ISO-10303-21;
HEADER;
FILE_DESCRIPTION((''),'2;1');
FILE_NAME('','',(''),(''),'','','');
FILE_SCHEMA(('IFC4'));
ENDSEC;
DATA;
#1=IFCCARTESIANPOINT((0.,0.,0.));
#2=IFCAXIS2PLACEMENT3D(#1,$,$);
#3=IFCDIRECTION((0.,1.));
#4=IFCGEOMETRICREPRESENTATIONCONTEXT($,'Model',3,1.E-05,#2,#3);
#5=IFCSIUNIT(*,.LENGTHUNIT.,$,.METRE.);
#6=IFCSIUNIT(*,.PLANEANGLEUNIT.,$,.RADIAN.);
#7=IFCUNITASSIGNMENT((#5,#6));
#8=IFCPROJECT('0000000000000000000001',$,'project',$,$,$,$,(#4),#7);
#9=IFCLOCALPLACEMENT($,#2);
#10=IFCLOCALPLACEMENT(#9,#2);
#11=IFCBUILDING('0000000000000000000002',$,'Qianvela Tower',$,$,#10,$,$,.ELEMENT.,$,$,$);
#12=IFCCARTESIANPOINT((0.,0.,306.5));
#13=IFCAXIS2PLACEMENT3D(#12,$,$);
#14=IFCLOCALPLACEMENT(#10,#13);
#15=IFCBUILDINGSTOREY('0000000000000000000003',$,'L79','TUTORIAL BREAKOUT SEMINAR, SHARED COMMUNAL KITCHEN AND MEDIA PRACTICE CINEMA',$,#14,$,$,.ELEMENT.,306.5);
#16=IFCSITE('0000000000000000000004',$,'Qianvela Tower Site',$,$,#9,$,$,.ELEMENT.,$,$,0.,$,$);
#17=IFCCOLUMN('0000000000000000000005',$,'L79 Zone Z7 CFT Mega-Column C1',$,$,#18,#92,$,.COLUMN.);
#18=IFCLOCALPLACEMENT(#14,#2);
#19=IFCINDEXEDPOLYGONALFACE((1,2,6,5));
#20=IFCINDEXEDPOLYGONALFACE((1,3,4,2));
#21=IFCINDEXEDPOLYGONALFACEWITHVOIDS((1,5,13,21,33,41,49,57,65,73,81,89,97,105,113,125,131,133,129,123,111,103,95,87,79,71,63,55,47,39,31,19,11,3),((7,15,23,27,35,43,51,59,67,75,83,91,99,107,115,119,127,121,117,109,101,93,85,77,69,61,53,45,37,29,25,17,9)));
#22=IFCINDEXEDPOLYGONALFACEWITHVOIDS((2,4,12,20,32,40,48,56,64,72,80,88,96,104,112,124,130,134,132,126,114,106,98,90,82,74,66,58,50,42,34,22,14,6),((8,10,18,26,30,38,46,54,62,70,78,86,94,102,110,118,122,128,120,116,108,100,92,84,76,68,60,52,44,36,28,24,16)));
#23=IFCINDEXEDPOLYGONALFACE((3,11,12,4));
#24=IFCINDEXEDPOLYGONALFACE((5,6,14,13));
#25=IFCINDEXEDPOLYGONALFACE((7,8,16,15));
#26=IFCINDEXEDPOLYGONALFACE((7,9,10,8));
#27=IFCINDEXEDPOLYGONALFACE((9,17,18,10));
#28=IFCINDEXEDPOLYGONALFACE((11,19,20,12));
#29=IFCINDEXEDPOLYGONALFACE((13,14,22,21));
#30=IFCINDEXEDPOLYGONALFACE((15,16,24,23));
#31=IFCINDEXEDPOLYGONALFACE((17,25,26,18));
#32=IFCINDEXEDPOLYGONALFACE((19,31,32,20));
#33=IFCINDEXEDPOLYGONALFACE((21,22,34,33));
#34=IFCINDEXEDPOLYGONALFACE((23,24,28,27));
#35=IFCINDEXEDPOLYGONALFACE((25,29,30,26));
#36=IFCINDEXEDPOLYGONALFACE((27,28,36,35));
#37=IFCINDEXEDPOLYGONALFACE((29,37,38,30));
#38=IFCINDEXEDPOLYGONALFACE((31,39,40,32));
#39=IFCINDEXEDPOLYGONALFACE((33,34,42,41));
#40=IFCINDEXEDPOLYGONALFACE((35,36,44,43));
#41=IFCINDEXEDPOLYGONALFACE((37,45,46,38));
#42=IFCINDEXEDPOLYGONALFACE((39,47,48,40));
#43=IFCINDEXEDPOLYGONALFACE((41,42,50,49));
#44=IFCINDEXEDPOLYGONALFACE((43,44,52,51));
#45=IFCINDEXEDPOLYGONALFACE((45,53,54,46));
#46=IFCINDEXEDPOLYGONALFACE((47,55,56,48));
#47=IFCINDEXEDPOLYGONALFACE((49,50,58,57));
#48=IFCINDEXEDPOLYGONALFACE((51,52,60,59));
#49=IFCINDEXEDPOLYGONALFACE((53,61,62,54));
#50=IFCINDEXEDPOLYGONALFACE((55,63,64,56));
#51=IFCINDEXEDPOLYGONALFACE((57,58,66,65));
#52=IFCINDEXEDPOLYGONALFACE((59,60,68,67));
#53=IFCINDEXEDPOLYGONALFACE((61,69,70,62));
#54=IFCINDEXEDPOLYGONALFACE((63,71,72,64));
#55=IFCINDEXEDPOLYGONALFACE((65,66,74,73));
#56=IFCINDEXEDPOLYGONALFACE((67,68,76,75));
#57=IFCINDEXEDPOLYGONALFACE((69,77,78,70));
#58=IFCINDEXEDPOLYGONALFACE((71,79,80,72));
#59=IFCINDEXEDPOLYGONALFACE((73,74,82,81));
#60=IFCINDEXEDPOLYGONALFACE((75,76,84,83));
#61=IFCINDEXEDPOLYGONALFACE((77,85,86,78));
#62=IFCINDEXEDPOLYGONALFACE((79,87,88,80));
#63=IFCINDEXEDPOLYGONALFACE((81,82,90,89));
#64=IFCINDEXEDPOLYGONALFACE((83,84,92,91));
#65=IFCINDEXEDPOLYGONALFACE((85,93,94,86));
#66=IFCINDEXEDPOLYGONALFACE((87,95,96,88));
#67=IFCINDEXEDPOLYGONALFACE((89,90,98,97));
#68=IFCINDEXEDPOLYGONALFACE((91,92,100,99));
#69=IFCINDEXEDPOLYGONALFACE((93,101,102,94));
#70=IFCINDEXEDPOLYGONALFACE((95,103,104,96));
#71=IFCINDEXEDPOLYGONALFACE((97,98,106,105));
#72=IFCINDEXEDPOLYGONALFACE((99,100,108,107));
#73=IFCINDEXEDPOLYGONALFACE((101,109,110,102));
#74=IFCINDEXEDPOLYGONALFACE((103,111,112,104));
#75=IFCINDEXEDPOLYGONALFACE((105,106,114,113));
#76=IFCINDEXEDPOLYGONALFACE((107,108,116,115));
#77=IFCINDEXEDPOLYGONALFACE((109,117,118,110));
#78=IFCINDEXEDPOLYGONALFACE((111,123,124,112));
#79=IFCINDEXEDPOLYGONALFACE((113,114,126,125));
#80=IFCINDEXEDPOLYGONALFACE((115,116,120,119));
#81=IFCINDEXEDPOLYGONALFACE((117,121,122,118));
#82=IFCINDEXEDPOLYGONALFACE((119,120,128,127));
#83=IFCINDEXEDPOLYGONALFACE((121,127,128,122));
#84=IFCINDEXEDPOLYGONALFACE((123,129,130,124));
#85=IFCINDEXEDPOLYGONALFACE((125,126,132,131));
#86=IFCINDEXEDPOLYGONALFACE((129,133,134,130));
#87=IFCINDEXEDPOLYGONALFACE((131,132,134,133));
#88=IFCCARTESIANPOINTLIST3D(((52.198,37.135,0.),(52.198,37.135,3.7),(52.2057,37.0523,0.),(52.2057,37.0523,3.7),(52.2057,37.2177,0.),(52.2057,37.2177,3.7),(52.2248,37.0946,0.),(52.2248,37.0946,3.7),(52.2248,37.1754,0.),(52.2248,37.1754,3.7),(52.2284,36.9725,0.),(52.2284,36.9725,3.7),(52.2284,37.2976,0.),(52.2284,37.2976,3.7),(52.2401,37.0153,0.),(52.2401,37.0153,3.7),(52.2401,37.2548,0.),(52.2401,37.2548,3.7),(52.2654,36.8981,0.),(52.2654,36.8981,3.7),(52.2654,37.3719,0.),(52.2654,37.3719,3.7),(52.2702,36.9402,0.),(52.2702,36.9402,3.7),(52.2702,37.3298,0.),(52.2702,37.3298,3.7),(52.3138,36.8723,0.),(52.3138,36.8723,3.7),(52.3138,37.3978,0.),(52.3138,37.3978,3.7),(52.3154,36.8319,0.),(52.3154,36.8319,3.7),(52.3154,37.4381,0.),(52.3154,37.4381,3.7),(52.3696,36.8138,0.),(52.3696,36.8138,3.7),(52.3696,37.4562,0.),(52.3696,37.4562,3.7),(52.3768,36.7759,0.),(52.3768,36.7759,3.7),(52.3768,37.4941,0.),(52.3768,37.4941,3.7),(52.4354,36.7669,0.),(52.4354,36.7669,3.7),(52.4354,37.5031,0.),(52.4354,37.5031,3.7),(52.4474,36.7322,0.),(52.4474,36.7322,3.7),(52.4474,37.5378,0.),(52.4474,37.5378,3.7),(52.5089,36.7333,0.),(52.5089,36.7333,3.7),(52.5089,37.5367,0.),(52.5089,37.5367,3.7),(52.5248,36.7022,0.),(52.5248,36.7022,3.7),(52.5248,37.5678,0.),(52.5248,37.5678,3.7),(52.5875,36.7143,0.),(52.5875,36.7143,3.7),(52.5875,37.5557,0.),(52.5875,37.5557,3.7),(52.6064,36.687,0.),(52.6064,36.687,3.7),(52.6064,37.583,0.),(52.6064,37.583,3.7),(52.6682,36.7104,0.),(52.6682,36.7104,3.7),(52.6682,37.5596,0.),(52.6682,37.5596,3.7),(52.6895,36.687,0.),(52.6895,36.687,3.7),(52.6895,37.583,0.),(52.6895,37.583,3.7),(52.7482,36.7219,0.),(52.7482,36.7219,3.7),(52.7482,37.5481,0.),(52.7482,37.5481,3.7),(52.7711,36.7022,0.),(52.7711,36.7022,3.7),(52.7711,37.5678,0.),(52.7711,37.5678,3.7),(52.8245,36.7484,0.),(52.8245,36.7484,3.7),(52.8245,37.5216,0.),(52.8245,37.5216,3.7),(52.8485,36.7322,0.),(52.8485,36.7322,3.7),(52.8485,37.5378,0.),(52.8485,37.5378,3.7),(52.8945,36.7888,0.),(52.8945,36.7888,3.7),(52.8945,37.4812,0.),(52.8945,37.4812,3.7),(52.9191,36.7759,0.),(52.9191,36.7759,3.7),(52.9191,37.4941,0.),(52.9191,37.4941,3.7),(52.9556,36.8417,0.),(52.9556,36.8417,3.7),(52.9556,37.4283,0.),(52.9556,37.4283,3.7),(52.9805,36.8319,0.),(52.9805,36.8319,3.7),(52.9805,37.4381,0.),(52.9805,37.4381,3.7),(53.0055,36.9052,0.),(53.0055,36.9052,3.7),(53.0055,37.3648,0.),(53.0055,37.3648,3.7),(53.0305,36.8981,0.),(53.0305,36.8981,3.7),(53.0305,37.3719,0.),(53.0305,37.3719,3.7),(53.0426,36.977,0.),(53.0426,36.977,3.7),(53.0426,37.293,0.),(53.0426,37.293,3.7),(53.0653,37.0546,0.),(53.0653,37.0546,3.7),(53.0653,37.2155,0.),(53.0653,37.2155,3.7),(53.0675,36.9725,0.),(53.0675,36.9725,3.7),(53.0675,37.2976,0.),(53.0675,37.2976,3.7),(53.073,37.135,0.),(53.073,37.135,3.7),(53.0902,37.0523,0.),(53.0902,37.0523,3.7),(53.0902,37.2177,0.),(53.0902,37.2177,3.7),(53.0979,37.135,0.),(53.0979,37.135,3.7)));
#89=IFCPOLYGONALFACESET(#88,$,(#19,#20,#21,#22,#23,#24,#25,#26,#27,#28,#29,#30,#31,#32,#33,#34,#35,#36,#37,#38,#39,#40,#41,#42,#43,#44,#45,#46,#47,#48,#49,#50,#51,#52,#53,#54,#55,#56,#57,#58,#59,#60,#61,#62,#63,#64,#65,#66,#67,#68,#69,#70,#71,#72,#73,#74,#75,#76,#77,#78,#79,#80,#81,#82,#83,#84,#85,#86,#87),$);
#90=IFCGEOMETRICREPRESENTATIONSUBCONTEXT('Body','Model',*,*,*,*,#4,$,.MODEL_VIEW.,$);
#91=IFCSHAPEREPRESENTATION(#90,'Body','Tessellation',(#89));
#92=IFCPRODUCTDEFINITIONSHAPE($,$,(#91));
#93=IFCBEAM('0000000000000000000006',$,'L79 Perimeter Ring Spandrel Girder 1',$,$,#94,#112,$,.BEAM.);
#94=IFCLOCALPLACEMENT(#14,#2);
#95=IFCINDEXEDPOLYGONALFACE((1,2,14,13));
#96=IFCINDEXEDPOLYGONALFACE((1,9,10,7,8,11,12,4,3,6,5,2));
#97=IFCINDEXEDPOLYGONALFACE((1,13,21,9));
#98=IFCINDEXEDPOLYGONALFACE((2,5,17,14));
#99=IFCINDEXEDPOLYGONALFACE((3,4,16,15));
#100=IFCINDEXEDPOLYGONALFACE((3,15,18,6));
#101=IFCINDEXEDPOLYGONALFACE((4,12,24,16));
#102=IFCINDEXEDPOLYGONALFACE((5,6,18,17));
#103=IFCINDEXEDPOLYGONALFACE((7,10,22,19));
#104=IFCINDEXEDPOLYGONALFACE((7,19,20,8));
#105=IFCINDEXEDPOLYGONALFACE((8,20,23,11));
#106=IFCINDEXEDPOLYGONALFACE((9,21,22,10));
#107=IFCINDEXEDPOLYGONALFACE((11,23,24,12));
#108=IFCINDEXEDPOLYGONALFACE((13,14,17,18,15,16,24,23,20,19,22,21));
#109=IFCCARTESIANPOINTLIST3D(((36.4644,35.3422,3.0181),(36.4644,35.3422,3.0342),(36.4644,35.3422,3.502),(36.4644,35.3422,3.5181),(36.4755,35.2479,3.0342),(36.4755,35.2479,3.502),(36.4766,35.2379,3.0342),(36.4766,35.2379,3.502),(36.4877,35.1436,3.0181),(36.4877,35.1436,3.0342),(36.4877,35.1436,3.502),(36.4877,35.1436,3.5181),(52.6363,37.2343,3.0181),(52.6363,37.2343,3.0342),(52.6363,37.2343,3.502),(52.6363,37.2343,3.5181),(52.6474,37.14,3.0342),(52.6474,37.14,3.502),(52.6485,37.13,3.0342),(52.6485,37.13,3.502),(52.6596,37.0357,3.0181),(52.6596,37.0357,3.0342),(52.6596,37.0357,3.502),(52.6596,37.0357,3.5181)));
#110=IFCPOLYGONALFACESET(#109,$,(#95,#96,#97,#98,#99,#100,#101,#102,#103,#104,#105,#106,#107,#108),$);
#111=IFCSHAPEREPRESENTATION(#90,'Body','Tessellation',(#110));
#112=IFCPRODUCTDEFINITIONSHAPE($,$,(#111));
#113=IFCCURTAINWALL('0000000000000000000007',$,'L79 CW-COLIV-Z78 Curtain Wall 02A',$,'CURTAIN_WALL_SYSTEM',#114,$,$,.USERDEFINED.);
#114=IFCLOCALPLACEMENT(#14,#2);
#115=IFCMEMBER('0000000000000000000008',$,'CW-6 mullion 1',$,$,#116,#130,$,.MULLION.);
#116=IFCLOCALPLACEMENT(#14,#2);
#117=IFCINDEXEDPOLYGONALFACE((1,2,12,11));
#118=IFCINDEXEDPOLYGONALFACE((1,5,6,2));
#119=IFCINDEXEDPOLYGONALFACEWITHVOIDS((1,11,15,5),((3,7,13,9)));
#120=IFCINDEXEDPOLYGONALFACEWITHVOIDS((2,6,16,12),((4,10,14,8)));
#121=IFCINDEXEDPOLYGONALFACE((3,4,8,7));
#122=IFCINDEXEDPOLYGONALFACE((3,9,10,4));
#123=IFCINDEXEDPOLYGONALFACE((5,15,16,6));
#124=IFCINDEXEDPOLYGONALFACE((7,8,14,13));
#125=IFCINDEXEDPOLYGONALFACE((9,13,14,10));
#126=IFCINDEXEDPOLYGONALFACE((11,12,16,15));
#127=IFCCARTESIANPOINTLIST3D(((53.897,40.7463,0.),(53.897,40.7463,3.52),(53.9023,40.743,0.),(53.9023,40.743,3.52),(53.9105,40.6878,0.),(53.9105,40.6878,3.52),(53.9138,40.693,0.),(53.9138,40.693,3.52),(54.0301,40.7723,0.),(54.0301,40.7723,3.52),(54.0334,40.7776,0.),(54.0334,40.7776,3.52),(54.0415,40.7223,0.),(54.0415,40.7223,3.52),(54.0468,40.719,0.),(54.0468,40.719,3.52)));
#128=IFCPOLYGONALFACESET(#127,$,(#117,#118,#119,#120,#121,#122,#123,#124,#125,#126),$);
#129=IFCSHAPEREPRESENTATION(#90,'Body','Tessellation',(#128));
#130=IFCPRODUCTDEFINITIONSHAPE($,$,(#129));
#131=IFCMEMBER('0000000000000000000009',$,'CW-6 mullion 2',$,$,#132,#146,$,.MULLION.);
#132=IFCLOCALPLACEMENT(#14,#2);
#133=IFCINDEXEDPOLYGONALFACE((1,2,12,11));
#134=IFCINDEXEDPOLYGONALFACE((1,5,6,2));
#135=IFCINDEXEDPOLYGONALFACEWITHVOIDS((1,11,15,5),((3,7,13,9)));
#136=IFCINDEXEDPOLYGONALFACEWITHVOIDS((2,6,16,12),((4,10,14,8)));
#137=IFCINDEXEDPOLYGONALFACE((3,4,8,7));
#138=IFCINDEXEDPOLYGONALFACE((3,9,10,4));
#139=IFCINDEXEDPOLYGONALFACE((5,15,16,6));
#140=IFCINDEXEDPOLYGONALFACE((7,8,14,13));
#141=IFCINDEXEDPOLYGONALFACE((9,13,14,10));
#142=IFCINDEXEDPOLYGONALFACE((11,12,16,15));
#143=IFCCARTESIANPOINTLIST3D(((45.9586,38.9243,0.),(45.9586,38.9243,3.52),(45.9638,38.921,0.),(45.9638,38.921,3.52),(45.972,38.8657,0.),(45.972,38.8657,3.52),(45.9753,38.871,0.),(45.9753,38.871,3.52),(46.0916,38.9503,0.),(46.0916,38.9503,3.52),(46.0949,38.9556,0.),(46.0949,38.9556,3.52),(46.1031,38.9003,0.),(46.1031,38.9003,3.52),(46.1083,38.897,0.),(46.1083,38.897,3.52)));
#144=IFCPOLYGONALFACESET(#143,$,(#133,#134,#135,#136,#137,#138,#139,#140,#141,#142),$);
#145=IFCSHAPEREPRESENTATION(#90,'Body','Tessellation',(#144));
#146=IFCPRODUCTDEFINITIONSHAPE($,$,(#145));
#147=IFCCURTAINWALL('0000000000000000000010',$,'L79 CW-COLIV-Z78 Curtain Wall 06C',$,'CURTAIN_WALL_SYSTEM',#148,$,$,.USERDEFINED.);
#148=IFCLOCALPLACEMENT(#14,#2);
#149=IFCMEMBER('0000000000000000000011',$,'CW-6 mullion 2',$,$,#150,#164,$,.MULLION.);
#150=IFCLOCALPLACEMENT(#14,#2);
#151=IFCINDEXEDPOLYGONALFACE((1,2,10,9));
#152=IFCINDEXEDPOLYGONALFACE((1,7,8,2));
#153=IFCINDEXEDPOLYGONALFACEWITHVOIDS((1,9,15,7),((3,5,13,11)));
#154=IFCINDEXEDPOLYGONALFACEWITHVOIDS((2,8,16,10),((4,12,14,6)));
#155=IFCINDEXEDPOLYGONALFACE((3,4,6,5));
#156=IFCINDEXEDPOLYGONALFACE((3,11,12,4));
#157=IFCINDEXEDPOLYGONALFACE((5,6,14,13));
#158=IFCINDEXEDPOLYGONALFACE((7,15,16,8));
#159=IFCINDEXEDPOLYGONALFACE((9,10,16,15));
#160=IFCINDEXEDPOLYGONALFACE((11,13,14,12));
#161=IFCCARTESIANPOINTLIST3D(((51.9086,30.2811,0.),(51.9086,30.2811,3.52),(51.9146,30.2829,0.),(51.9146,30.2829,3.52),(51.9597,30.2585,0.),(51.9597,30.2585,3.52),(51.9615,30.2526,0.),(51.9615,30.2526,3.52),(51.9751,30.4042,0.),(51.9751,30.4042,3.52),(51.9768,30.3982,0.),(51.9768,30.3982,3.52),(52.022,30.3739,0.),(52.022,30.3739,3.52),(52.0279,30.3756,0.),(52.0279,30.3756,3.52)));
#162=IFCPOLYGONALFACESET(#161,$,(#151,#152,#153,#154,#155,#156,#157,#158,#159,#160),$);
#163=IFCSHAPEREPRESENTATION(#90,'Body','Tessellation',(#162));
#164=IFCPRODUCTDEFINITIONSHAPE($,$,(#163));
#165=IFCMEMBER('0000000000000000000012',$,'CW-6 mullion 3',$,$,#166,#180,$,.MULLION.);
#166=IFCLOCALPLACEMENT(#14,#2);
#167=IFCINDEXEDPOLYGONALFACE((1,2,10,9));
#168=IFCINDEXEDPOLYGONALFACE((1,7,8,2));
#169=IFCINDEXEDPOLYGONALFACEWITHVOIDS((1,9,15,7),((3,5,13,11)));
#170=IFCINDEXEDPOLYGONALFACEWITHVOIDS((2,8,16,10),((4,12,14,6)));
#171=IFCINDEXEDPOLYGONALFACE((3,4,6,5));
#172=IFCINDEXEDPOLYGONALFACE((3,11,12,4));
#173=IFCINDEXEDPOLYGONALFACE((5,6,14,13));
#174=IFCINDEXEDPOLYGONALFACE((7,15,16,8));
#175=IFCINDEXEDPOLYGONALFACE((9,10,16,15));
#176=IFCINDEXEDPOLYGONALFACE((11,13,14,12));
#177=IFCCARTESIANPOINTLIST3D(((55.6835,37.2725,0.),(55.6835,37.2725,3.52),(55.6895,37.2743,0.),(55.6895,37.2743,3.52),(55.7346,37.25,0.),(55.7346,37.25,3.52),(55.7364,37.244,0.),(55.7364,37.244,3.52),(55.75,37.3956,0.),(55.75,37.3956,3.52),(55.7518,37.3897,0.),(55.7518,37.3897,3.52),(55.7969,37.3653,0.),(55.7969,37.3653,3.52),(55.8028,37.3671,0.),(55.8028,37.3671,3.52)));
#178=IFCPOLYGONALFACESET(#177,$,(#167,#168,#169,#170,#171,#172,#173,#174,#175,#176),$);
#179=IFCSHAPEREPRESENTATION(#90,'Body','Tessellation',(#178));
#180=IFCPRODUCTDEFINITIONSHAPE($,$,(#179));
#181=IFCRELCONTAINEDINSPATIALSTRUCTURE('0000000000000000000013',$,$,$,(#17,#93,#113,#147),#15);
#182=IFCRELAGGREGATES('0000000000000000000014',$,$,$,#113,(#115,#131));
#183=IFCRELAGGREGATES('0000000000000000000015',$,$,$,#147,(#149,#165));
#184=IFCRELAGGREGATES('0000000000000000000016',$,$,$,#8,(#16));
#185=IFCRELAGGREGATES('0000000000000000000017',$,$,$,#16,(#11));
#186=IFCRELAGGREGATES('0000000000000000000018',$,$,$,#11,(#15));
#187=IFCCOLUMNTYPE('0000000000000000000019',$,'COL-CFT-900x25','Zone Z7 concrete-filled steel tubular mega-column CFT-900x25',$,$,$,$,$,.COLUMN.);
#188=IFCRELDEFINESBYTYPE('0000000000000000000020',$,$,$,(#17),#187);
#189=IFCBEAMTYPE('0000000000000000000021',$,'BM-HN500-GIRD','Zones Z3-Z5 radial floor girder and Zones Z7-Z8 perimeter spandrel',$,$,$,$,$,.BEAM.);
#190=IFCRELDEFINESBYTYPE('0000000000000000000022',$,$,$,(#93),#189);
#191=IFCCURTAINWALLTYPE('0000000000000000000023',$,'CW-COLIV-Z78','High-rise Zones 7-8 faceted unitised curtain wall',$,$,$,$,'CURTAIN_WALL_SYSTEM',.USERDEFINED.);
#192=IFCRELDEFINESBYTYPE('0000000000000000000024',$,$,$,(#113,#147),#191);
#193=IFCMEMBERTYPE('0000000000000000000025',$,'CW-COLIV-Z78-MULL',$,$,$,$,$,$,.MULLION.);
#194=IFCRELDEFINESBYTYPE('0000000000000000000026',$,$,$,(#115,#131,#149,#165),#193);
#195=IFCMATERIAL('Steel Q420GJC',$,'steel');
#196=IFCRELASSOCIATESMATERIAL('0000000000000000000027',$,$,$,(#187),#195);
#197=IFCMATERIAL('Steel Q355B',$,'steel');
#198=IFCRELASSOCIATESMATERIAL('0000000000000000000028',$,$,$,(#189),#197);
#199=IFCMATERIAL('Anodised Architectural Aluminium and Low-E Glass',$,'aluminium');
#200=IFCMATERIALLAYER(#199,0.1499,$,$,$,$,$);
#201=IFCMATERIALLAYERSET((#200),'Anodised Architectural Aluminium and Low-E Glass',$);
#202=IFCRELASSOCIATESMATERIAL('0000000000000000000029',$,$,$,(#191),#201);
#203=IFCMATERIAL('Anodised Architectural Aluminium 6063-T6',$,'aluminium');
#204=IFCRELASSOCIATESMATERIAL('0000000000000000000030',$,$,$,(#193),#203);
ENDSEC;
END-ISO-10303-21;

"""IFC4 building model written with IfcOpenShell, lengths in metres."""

from ifc_helpers import new_model, si_unit, direction, frame, origin, origin_2d, place, context, subcontext, project, spatial, hollow_rectangle, hollow_circle, i_section, extrude, material, layer, layer_set, material_profile, profile_set, type_object, element, aggregate, save


model = new_model("IFC4")

# Units and contexts
model_context = context("Model", 3, precision=1e-05, world=origin(), true_north=direction((0.0, 1.0)))
body_context = subcontext(model_context, "Body", "Model", "MODEL_VIEW")
ifc_project = project(units=[si_unit("LENGTHUNIT", "METRE"), si_unit("PLANEANGLEUNIT", "RADIAN")], contexts=[model_context])

# Site, building, storey
site_placement = place(None, origin())
site = spatial("IfcSite", under=ifc_project, at=site_placement, Name="Qianvela Tower Site", CompositionType="ELEMENT", RefElevation=0.0)
building_placement = place(site_placement, origin())
building = spatial("IfcBuilding", under=site, at=building_placement, Name="Qianvela Tower", CompositionType="ELEMENT")
storey_placement = place(building_placement, frame((0.0, 0.0, 306.5)))
storey = spatial("IfcBuildingStorey", under=building, at=storey_placement, Name="L79", Description="TUTORIAL BREAKOUT SEMINAR, SHARED COMMUNAL KITCHEN AND MEDIA PRACTICE CINEMA", CompositionType="ELEMENT", Elevation=306.5)

# Column
ifc_material_1 = material(Name="Steel Q420GJC", Category="steel")
ifc_material_profile_1 = material_profile(ifc_material_1, hollow_circle(Radius=0.45, WallThickness=0.0249, at=origin_2d()), Name="CFT-900x25")
ifc_profile_set_1 = profile_set([ifc_material_profile_1], Name="Steel Q420GJC")
column_type = type_object("IfcColumnType", Name="COL-CFT-900x25", Description="Zone Z7 concrete-filled steel tubular mega-column CFT-900x25", PredefinedType="COLUMN", material=ifc_profile_set_1)
column_placement = place(storey_placement, frame((52.6479, 37.135, 0.0), z_axis=(0.0, 0.0, 1.0), x_axis=(1.0, 0.0, 0.0)))
element("IfcColumn", 1, at=column_placement, inside=storey, type_object=column_type, Name="L79 Zone Z7 CFT Mega-Column C1", PredefinedType="COLUMN", context=body_context, shape_type="SweptSolid", body=[
    extrude(hollow_circle(Radius=0.45, WallThickness=0.0249, at=origin_2d()), origin(), (0.0, 0.0, 1.0), 3.7),
])

# Beam
ifc_material_2 = material(Name="Steel Q355B", Category="steel")
ifc_material_profile_2 = material_profile(ifc_material_2, i_section(OverallWidth=0.2, OverallDepth=0.5, WebThickness=0.01, FlangeThickness=0.0161, at=origin_2d()), Name="HN500x200x10x16")
ifc_profile_set_2 = profile_set([ifc_material_profile_2], Name="Steel Q355B")
beam_type = type_object("IfcBeamType", Name="BM-HN500-GIRD", Description="Zones Z3-Z5 radial floor girder and Zones Z7-Z8 perimeter spandrel", PredefinedType="BEAM", material=ifc_profile_set_2)
beam_placement = place(storey_placement, frame((52.6479, 37.135, 3.2681), z_axis=(-0.993225, -0.116206, 0.0), x_axis=(0.116206, -0.993225, 0.0)))
element("IfcBeam", 2, at=beam_placement, inside=storey, type_object=beam_type, Name="L79 Perimeter Ring Spandrel Girder 1", PredefinedType="BEAM", context=body_context, shape_type="SweptSolid", body=[
    extrude(i_section(OverallWidth=0.2, OverallDepth=0.5, WebThickness=0.01, FlangeThickness=0.0161, at=origin_2d()), origin(), (0.0, 0.0, 1.0), 16.2822),
])

# Curtain walls, members
ifc_material_3 = material(Name="Anodised Architectural Aluminium and Low-E Glass", Category="aluminium")
ifc_layer_1 = layer(ifc_material_3, 0.1499)
ifc_layer_set_1 = layer_set([ifc_layer_1], Name="Anodised Architectural Aluminium and Low-E Glass")
curtain_wall_type = type_object("IfcCurtainWallType", Name="CW-COLIV-Z78", Description="High-rise Zones 7-8 faceted unitised curtain wall", ElementType="CURTAIN_WALL_SYSTEM", PredefinedType="USERDEFINED", material=ifc_layer_set_1)
curtain_wall_1_placement = place(storey_placement, origin())
curtain_wall_1 = element("IfcCurtainWall", 3, at=curtain_wall_1_placement, inside=storey, type_object=curtain_wall_type, Name="L79 CW-COLIV-Z78 Curtain Wall 02A", ObjectType="CURTAIN_WALL_SYSTEM", PredefinedType="USERDEFINED")
ifc_material_4 = material(Name="Anodised Architectural Aluminium 6063-T6", Category="aluminium")
ifc_material_profile_3 = material_profile(ifc_material_4, hollow_rectangle(XDim=0.0601, YDim=0.1399, WallThickness=0.0044, at=origin_2d()), Name="ALU-MULL-60x140")
ifc_profile_set_3 = profile_set([ifc_material_profile_3], Name="Anodised Architectural Aluminium 6063-T6")
member_type_1 = type_object("IfcMemberType", Name="CW-COLIV-Z78-MULL", PredefinedType="MULLION", material=ifc_profile_set_3)
member_1_placement = place(storey_placement, frame((53.9719, 40.7327, 0.0), z_axis=(0.0, 0.0, 1.0), x_axis=(0.223706, -0.974657, 0.0)))
member_1 = element("IfcMember", 4, at=member_1_placement, type_object=member_type_1, Name="CW-6 mullion 1", PredefinedType="MULLION", context=body_context, shape_type="SweptSolid", body=[
    extrude(hollow_rectangle(XDim=0.0601, YDim=0.1399, WallThickness=0.0044, at=origin_2d()), origin(), (0.0, 0.0, 1.0), 3.52),
])
member_2_placement = place(storey_placement, frame((46.0334, 38.9106, 0.0), z_axis=(0.0, 0.0, 1.0), x_axis=(0.223706, -0.974657, 0.0)))
member_2 = element("IfcMember", 5, at=member_2_placement, type_object=member_type_1, Name="CW-6 mullion 2", PredefinedType="MULLION", context=body_context, shape_type="SweptSolid", body=[
    extrude(hollow_rectangle(XDim=0.0601, YDim=0.1399, WallThickness=0.0044, at=origin_2d()), origin(), (0.0, 0.0, 1.0), 3.52),
])
curtain_wall_2_placement = place(storey_placement, origin())
curtain_wall_2 = element("IfcCurtainWall", 6, at=curtain_wall_2_placement, inside=storey, type_object=curtain_wall_type, Name="L79 CW-COLIV-Z78 Curtain Wall 06C", ObjectType="CURTAIN_WALL_SYSTEM", PredefinedType="USERDEFINED")
member_3_placement = place(storey_placement, frame((51.9683, 30.3284, 0.0), z_axis=(0.0, 0.0, 1.0), x_axis=(-0.879924, 0.475114, 0.0)))
member_3 = element("IfcMember", 7, at=member_3_placement, type_object=member_type_1, Name="CW-6 mullion 2", PredefinedType="MULLION", context=body_context, shape_type="SweptSolid", body=[
    extrude(hollow_rectangle(XDim=0.0601, YDim=0.1399, WallThickness=0.0044, at=origin_2d()), origin(), (0.0, 0.0, 1.0), 3.52),
])
member_4_placement = place(storey_placement, frame((55.7432, 37.3198, 0.0), z_axis=(0.0, 0.0, 1.0), x_axis=(-0.879924, 0.475114, 0.0)))
member_4 = element("IfcMember", 8, at=member_4_placement, type_object=member_type_1, Name="CW-6 mullion 3", PredefinedType="MULLION", context=body_context, shape_type="SweptSolid", body=[
    extrude(hollow_rectangle(XDim=0.0601, YDim=0.1399, WallThickness=0.0044, at=origin_2d()), origin(), (0.0, 0.0, 1.0), 3.52),
])

aggregate(curtain_wall_1, [member_1, member_2])
aggregate(curtain_wall_2, [member_3, member_4])

save(model, "model.ifc")
